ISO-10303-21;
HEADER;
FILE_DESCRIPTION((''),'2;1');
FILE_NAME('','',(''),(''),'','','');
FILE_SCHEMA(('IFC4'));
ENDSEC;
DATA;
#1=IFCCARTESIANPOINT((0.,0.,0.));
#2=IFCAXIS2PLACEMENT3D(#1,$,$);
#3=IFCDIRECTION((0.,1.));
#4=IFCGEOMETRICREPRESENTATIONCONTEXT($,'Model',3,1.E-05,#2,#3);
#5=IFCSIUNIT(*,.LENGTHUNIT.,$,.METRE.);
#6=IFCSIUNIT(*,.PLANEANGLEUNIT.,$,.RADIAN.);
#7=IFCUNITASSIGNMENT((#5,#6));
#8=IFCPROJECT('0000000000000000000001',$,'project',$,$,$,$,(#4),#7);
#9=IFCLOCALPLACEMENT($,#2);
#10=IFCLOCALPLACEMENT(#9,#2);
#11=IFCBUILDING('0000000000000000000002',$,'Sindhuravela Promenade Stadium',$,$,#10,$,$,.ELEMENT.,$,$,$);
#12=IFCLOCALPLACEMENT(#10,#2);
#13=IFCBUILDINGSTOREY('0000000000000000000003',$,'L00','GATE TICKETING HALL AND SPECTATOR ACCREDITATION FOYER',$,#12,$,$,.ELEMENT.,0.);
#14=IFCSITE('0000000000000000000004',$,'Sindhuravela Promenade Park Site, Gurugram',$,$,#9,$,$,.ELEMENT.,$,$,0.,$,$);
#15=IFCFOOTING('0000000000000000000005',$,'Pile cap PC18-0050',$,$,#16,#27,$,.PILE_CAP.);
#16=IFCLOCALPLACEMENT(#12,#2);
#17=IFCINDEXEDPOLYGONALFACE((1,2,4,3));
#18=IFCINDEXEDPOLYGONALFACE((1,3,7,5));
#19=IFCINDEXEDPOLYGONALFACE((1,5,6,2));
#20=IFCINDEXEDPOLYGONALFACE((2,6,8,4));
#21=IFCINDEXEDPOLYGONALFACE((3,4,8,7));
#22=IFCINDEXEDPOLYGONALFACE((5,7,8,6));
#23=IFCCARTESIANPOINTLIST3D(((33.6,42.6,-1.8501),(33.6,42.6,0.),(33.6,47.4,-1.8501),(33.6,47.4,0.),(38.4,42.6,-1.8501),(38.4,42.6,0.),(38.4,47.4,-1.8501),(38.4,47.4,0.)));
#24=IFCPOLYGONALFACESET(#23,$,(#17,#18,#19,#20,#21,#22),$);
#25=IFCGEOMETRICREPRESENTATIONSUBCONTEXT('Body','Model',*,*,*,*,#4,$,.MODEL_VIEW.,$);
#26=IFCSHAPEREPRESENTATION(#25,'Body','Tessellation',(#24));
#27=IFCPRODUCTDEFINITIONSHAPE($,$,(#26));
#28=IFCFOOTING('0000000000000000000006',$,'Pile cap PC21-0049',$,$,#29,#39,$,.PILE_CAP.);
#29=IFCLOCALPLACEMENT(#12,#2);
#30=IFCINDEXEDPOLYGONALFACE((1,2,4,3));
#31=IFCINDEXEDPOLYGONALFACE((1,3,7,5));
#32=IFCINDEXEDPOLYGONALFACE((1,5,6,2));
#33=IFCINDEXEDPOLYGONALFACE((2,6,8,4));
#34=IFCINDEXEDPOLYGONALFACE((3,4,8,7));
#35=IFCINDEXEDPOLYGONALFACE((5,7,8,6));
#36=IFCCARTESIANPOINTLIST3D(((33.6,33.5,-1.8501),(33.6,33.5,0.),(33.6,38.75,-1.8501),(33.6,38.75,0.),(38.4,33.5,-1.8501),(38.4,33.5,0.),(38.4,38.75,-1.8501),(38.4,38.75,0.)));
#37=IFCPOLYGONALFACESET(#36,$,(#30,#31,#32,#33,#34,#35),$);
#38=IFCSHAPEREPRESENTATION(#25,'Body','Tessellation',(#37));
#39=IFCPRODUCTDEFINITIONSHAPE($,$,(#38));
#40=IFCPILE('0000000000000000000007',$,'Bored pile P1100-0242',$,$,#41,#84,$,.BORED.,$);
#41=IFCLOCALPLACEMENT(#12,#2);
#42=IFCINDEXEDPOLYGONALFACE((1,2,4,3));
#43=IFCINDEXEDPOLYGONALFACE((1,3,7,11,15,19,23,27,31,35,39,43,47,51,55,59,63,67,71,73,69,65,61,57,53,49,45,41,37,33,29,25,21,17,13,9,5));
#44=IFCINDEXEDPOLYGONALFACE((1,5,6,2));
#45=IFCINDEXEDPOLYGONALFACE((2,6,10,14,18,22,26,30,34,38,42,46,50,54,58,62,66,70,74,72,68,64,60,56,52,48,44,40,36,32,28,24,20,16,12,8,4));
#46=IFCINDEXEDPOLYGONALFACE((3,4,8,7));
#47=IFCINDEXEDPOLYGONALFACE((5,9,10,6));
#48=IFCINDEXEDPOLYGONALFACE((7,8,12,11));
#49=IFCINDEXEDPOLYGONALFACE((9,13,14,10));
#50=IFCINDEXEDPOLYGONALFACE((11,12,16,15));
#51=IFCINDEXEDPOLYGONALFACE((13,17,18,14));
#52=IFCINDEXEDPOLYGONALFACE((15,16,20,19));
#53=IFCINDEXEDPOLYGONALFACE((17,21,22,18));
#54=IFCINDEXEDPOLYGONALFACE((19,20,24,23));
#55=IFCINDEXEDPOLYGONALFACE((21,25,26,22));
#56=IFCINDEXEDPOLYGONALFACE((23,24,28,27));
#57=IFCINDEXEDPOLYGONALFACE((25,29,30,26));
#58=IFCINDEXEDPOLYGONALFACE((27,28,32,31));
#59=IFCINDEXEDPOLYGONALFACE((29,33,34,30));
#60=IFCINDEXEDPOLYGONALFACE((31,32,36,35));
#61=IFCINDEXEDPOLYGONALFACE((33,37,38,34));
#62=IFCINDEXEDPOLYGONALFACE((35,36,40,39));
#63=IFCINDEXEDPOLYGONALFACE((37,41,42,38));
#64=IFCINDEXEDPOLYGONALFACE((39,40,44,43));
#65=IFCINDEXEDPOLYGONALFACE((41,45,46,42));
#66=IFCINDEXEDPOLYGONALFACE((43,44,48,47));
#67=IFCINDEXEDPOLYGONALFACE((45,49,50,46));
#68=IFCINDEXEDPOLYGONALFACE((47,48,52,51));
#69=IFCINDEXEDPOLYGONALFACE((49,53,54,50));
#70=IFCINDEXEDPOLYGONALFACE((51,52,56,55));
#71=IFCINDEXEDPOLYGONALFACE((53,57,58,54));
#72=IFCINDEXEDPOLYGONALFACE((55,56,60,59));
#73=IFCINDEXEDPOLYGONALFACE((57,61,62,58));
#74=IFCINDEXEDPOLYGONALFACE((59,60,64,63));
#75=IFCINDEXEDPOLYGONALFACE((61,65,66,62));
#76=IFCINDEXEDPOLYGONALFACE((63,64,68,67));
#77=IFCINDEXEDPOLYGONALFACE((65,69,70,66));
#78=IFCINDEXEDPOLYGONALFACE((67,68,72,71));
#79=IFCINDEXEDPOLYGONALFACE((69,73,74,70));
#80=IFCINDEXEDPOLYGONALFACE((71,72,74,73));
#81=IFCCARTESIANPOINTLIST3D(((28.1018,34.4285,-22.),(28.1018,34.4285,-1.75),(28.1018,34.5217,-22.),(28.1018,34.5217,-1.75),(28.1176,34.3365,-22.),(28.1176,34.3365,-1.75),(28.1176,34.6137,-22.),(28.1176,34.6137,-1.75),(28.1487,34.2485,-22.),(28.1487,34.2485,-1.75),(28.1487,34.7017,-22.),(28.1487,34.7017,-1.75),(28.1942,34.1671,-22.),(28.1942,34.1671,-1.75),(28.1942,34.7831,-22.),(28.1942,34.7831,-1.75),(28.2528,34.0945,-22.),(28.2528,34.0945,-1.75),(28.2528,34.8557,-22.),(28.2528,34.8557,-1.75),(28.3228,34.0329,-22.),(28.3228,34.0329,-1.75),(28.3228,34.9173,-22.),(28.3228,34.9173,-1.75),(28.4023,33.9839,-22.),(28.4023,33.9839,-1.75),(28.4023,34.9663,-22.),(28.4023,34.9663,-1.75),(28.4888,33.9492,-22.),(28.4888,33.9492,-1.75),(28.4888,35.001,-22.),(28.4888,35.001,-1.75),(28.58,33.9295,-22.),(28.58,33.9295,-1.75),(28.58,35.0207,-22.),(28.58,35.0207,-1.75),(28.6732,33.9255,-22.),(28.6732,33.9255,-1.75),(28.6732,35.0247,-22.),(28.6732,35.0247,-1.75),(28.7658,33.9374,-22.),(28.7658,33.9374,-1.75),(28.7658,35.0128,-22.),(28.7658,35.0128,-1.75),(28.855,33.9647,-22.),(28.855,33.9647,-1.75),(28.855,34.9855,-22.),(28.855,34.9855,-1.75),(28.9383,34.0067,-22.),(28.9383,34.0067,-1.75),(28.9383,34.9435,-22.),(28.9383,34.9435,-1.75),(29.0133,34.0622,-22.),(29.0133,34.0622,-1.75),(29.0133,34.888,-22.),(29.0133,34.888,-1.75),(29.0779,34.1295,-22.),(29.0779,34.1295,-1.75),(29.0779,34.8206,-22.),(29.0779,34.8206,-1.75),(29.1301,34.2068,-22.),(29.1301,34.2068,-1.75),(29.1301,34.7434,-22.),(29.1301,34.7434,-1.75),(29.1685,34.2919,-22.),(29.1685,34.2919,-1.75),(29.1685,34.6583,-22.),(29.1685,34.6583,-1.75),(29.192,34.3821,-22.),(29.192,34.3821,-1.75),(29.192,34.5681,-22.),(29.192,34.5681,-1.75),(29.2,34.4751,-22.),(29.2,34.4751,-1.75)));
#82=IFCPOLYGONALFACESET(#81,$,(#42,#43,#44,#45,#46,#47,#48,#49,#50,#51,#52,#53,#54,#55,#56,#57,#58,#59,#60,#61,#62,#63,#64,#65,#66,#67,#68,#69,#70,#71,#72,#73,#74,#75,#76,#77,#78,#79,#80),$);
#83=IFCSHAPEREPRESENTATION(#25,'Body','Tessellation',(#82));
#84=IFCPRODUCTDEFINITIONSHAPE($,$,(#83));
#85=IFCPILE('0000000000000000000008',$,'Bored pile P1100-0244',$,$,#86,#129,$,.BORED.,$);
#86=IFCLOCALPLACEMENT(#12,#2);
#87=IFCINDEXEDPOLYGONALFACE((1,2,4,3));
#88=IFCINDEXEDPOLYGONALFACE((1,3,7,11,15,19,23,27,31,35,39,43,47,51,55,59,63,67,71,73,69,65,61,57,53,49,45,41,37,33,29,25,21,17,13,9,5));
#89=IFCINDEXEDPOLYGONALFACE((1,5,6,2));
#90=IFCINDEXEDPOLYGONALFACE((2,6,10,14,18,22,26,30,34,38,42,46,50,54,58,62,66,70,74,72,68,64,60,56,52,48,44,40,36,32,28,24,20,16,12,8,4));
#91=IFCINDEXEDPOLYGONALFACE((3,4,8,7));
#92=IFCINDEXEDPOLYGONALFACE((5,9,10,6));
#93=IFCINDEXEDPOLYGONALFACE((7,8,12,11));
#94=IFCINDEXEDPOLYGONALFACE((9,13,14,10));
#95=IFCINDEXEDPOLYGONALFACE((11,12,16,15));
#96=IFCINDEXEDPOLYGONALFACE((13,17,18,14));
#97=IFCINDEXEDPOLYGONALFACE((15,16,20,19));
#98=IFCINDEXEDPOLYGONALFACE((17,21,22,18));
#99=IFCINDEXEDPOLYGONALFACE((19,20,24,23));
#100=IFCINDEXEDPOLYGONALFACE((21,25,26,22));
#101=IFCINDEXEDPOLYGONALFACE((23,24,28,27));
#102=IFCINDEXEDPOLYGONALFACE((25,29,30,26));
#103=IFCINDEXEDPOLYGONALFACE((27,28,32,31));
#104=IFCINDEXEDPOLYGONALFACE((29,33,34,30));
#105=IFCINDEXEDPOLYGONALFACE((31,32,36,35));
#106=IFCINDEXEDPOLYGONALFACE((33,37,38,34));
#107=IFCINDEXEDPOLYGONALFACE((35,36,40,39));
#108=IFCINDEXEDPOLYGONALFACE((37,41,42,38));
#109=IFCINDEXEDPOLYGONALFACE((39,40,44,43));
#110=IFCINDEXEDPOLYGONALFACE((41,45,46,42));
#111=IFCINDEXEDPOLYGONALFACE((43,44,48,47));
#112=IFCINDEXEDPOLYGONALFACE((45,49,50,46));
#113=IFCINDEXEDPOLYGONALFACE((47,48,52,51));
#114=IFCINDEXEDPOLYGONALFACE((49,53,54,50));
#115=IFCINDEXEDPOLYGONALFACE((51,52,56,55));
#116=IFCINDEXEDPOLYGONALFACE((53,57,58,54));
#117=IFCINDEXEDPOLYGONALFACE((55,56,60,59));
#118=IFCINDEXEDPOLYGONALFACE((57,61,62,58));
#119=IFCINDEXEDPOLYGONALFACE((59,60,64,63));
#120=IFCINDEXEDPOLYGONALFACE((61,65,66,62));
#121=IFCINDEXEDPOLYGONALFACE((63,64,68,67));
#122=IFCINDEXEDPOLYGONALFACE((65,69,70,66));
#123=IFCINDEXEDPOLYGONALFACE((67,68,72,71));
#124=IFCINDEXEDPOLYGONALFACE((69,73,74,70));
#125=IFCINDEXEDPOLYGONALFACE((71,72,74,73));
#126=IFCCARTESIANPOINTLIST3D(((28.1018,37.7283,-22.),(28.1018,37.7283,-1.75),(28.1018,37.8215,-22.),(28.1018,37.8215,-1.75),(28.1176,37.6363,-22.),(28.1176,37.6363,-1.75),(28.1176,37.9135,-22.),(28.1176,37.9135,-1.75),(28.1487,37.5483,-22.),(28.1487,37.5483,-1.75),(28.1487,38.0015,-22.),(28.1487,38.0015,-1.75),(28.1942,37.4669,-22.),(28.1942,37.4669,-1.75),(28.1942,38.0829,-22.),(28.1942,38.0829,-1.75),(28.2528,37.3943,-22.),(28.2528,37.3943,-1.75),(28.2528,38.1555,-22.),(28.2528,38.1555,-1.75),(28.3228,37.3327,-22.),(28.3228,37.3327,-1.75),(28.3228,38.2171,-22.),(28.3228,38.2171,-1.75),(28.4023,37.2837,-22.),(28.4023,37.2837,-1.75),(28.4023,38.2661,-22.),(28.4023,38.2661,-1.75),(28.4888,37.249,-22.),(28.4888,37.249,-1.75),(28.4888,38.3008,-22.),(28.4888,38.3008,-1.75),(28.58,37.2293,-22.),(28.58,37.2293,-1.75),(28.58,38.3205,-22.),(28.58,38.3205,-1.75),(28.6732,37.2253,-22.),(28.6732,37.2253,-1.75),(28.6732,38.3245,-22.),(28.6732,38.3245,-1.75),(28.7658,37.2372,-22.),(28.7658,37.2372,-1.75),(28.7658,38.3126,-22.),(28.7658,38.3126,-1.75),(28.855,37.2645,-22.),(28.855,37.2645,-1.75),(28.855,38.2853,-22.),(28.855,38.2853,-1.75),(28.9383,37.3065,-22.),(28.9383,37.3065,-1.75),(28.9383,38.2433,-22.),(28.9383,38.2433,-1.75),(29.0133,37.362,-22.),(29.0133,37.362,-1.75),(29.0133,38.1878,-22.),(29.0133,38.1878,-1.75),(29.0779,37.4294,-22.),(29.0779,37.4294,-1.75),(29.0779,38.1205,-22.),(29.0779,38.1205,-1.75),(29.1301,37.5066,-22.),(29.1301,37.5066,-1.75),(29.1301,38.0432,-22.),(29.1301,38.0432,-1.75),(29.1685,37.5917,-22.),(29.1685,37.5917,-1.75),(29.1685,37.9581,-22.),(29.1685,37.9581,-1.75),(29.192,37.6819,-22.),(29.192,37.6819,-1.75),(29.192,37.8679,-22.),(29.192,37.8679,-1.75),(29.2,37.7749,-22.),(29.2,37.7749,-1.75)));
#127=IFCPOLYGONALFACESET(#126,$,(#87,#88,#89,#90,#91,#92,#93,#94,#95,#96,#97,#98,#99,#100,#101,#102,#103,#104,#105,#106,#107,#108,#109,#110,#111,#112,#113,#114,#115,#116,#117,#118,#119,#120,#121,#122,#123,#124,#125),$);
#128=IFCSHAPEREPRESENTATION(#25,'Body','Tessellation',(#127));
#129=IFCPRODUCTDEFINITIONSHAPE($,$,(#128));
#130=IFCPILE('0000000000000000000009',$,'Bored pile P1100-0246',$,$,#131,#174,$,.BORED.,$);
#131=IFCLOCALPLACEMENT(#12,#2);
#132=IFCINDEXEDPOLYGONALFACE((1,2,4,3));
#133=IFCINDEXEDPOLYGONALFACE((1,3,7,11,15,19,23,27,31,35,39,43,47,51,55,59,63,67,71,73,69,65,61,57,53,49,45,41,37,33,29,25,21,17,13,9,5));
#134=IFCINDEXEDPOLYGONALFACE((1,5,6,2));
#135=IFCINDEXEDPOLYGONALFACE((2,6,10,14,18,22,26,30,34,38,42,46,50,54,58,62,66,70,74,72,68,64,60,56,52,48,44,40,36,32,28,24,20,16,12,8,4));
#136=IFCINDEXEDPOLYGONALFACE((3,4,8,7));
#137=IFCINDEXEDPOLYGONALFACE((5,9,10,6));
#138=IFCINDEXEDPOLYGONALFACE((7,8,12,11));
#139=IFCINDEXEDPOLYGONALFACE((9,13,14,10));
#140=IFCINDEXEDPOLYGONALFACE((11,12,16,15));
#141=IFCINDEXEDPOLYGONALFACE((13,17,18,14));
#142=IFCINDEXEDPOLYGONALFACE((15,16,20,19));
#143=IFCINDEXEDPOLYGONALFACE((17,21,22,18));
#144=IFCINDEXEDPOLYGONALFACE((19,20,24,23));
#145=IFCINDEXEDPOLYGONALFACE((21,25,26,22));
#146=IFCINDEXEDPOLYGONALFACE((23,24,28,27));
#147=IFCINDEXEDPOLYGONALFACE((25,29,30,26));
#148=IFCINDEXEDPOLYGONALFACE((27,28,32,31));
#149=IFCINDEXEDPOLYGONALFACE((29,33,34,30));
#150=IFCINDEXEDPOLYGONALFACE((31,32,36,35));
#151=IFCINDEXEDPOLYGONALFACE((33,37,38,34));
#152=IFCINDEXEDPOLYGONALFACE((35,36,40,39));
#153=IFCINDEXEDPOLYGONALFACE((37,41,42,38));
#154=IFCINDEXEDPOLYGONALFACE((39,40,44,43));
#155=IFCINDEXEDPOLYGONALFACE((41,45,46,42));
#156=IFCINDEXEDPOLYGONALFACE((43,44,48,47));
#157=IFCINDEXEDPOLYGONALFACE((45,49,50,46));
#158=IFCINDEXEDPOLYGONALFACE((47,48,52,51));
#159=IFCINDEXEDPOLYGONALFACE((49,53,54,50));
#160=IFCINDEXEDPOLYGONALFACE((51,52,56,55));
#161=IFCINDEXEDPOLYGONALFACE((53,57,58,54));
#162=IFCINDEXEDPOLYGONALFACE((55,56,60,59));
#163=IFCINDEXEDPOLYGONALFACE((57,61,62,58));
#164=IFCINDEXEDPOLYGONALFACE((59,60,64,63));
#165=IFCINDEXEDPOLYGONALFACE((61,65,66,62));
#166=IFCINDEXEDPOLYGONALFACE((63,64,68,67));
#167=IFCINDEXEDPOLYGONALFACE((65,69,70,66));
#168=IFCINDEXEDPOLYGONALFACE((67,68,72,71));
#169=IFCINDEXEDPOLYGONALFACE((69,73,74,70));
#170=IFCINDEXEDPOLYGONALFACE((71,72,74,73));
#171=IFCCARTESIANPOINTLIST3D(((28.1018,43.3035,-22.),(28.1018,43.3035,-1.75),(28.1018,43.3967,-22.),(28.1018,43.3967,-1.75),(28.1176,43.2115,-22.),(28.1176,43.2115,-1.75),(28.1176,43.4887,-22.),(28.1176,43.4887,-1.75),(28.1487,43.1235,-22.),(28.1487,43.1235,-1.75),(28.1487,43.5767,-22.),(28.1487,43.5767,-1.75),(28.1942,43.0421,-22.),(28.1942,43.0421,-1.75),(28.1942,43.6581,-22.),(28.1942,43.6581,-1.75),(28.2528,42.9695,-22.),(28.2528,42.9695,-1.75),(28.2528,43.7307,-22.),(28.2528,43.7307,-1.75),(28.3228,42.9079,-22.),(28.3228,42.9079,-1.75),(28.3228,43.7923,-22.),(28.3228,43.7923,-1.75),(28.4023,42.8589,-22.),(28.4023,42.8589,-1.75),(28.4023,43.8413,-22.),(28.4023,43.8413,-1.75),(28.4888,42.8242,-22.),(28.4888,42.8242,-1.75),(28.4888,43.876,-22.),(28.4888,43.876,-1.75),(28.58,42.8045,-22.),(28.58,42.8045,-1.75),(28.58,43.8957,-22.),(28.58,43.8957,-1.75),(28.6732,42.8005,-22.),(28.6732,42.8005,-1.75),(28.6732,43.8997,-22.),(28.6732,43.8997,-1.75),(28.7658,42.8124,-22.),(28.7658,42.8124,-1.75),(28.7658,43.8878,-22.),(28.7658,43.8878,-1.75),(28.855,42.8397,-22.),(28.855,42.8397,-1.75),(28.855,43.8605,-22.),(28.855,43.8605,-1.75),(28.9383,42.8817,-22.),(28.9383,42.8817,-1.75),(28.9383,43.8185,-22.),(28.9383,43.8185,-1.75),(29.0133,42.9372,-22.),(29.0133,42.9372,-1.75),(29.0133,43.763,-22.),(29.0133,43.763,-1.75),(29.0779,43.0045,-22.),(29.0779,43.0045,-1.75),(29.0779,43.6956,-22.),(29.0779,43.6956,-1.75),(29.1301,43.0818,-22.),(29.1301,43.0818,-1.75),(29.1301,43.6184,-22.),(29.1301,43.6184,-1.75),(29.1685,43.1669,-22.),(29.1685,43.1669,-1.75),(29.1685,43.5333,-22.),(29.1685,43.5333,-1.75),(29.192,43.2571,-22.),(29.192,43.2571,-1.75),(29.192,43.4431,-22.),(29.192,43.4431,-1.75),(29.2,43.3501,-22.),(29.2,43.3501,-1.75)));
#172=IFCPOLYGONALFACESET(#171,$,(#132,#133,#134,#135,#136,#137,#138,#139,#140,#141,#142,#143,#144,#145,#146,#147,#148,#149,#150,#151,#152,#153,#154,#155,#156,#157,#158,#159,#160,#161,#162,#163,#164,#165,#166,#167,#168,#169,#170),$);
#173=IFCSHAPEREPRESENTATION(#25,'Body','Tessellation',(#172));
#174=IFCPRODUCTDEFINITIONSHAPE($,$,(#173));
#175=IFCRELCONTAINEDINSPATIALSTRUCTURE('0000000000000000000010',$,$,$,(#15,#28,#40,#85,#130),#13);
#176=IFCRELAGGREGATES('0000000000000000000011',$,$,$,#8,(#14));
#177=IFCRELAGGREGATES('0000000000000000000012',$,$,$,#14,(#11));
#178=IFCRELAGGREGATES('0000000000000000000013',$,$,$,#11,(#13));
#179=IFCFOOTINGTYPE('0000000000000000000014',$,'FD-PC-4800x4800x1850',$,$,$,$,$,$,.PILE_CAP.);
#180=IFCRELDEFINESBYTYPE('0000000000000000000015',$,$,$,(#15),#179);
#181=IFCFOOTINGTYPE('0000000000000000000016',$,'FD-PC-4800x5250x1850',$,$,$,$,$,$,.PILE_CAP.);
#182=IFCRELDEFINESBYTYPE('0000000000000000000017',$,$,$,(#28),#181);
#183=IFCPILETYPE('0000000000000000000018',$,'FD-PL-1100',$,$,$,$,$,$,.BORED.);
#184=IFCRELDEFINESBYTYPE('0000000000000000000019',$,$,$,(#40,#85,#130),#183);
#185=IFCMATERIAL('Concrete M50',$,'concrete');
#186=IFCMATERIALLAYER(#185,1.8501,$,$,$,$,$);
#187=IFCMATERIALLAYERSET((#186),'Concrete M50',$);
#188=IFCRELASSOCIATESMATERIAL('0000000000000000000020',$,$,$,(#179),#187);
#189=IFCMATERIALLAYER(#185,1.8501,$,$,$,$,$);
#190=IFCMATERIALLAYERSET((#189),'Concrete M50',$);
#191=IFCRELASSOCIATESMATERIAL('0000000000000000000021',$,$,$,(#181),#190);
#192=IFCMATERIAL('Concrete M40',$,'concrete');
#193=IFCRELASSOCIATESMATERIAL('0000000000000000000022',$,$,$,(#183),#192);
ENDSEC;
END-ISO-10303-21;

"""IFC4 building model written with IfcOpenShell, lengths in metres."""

from ifc_helpers import new_model, si_unit, direction, frame, origin, origin_2d, place, context, subcontext, project, spatial, rectangle, circle, extrude, material, layer, layer_set, material_profile, profile_set, type_object, element, save


model = new_model("IFC4")

# Units and contexts
model_context = context("Model", 3, precision=1e-05, world=origin(), true_north=direction((0.0, 1.0)))
body_context = subcontext(model_context, "Body", "Model", "MODEL_VIEW")
ifc_project = project(units=[si_unit("LENGTHUNIT", "METRE"), si_unit("PLANEANGLEUNIT", "RADIAN")], contexts=[model_context])

# Site, building, storey
site_placement = place(None, origin())
site = spatial("IfcSite", under=ifc_project, at=site_placement, Name="Sindhuravela Promenade Park Site, Gurugram", CompositionType="ELEMENT", RefElevation=0.0)
building_placement = place(site_placement, origin())
building = spatial("IfcBuilding", under=site, at=building_placement, Name="Sindhuravela Promenade Stadium", CompositionType="ELEMENT")
storey_placement = place(building_placement, origin())
storey = spatial("IfcBuildingStorey", under=building, at=storey_placement, Name="L00", Description="GATE TICKETING HALL AND SPECTATOR ACCREDITATION FOYER", CompositionType="ELEMENT", Elevation=0.0)

# Footings
ifc_material_1 = material(Name="Concrete M50", Category="concrete")
ifc_layer_1 = layer(ifc_material_1, 1.8501)
ifc_layer_set_1 = layer_set([ifc_layer_1], Name="Concrete M50")
footing_type_1 = type_object("IfcFootingType", Name="FD-PC-4800x4800x1850", PredefinedType="PILE_CAP", material=ifc_layer_set_1)
footing_1_placement = place(storey_placement, frame((36.0, 45.0, -1.8501), z_axis=(0.0, 0.0, 1.0), x_axis=(1.0, 0.0, 0.0)))
element("IfcFooting", 1, at=footing_1_placement, inside=storey, type_object=footing_type_1, Name="Pile cap PC18-0050", PredefinedType="PILE_CAP", context=body_context, shape_type="SweptSolid", body=[
    extrude(rectangle(XDim=4.8, YDim=4.8, at=origin_2d()), origin(), (0.0, 0.0, 1.0), 1.8501),
])
ifc_layer_2 = layer(ifc_material_1, 1.8501)
ifc_layer_set_2 = layer_set([ifc_layer_2], Name="Concrete M50")
footing_type_2 = type_object("IfcFootingType", Name="FD-PC-4800x5250x1850", PredefinedType="PILE_CAP", material=ifc_layer_set_2)
footing_2_placement = place(storey_placement, frame((36.0, 36.125, -1.8501), z_axis=(0.0, 0.0, 1.0), x_axis=(1.0, 0.0, 0.0)))
element("IfcFooting", 2, at=footing_2_placement, inside=storey, type_object=footing_type_2, Name="Pile cap PC21-0049", PredefinedType="PILE_CAP", context=body_context, shape_type="SweptSolid", body=[
    extrude(rectangle(XDim=4.8, YDim=5.25, at=origin_2d()), origin(), (0.0, 0.0, 1.0), 1.8501),
])

# Piles
ifc_material_2 = material(Name="Concrete M40", Category="concrete")
ifc_material_profile_1 = material_profile(ifc_material_2, circle(Radius=0.55, at=origin_2d()), Name="BORED PILE D1100")
ifc_profile_set_1 = profile_set([ifc_material_profile_1], Name="Concrete M40")
pile_type = type_object("IfcPileType", Name="FD-PL-1100", PredefinedType="BORED", material=ifc_profile_set_1)
for number, where, z_axis, x_axis, name in (
    (3, (28.6499, 34.4751, -1.75), (0.0, 0.0, -1.0), (1.0, 0.0, 0.0), "Bored pile P1100-0242"),
    (4, (28.6499, 37.7749, -1.75), (0.0, 0.0, -1.0), (1.0, 0.0, 0.0), "Bored pile P1100-0244"),
    (5, (28.6499, 43.3501, -1.75), (0.0, 0.0, -1.0), (1.0, 0.0, 0.0), "Bored pile P1100-0246"),
):
    element("IfcPile", number, at=place(storey_placement, frame(where, z_axis=z_axis, x_axis=x_axis)), inside=storey, type_object=pile_type, Name=name, PredefinedType="BORED", context=body_context, shape_type="SweptSolid", body=[
        extrude(circle(Radius=0.55, at=origin_2d()), origin(), (0.0, 0.0, 1.0), 20.25),
    ])

save(model, "model.ifc")
